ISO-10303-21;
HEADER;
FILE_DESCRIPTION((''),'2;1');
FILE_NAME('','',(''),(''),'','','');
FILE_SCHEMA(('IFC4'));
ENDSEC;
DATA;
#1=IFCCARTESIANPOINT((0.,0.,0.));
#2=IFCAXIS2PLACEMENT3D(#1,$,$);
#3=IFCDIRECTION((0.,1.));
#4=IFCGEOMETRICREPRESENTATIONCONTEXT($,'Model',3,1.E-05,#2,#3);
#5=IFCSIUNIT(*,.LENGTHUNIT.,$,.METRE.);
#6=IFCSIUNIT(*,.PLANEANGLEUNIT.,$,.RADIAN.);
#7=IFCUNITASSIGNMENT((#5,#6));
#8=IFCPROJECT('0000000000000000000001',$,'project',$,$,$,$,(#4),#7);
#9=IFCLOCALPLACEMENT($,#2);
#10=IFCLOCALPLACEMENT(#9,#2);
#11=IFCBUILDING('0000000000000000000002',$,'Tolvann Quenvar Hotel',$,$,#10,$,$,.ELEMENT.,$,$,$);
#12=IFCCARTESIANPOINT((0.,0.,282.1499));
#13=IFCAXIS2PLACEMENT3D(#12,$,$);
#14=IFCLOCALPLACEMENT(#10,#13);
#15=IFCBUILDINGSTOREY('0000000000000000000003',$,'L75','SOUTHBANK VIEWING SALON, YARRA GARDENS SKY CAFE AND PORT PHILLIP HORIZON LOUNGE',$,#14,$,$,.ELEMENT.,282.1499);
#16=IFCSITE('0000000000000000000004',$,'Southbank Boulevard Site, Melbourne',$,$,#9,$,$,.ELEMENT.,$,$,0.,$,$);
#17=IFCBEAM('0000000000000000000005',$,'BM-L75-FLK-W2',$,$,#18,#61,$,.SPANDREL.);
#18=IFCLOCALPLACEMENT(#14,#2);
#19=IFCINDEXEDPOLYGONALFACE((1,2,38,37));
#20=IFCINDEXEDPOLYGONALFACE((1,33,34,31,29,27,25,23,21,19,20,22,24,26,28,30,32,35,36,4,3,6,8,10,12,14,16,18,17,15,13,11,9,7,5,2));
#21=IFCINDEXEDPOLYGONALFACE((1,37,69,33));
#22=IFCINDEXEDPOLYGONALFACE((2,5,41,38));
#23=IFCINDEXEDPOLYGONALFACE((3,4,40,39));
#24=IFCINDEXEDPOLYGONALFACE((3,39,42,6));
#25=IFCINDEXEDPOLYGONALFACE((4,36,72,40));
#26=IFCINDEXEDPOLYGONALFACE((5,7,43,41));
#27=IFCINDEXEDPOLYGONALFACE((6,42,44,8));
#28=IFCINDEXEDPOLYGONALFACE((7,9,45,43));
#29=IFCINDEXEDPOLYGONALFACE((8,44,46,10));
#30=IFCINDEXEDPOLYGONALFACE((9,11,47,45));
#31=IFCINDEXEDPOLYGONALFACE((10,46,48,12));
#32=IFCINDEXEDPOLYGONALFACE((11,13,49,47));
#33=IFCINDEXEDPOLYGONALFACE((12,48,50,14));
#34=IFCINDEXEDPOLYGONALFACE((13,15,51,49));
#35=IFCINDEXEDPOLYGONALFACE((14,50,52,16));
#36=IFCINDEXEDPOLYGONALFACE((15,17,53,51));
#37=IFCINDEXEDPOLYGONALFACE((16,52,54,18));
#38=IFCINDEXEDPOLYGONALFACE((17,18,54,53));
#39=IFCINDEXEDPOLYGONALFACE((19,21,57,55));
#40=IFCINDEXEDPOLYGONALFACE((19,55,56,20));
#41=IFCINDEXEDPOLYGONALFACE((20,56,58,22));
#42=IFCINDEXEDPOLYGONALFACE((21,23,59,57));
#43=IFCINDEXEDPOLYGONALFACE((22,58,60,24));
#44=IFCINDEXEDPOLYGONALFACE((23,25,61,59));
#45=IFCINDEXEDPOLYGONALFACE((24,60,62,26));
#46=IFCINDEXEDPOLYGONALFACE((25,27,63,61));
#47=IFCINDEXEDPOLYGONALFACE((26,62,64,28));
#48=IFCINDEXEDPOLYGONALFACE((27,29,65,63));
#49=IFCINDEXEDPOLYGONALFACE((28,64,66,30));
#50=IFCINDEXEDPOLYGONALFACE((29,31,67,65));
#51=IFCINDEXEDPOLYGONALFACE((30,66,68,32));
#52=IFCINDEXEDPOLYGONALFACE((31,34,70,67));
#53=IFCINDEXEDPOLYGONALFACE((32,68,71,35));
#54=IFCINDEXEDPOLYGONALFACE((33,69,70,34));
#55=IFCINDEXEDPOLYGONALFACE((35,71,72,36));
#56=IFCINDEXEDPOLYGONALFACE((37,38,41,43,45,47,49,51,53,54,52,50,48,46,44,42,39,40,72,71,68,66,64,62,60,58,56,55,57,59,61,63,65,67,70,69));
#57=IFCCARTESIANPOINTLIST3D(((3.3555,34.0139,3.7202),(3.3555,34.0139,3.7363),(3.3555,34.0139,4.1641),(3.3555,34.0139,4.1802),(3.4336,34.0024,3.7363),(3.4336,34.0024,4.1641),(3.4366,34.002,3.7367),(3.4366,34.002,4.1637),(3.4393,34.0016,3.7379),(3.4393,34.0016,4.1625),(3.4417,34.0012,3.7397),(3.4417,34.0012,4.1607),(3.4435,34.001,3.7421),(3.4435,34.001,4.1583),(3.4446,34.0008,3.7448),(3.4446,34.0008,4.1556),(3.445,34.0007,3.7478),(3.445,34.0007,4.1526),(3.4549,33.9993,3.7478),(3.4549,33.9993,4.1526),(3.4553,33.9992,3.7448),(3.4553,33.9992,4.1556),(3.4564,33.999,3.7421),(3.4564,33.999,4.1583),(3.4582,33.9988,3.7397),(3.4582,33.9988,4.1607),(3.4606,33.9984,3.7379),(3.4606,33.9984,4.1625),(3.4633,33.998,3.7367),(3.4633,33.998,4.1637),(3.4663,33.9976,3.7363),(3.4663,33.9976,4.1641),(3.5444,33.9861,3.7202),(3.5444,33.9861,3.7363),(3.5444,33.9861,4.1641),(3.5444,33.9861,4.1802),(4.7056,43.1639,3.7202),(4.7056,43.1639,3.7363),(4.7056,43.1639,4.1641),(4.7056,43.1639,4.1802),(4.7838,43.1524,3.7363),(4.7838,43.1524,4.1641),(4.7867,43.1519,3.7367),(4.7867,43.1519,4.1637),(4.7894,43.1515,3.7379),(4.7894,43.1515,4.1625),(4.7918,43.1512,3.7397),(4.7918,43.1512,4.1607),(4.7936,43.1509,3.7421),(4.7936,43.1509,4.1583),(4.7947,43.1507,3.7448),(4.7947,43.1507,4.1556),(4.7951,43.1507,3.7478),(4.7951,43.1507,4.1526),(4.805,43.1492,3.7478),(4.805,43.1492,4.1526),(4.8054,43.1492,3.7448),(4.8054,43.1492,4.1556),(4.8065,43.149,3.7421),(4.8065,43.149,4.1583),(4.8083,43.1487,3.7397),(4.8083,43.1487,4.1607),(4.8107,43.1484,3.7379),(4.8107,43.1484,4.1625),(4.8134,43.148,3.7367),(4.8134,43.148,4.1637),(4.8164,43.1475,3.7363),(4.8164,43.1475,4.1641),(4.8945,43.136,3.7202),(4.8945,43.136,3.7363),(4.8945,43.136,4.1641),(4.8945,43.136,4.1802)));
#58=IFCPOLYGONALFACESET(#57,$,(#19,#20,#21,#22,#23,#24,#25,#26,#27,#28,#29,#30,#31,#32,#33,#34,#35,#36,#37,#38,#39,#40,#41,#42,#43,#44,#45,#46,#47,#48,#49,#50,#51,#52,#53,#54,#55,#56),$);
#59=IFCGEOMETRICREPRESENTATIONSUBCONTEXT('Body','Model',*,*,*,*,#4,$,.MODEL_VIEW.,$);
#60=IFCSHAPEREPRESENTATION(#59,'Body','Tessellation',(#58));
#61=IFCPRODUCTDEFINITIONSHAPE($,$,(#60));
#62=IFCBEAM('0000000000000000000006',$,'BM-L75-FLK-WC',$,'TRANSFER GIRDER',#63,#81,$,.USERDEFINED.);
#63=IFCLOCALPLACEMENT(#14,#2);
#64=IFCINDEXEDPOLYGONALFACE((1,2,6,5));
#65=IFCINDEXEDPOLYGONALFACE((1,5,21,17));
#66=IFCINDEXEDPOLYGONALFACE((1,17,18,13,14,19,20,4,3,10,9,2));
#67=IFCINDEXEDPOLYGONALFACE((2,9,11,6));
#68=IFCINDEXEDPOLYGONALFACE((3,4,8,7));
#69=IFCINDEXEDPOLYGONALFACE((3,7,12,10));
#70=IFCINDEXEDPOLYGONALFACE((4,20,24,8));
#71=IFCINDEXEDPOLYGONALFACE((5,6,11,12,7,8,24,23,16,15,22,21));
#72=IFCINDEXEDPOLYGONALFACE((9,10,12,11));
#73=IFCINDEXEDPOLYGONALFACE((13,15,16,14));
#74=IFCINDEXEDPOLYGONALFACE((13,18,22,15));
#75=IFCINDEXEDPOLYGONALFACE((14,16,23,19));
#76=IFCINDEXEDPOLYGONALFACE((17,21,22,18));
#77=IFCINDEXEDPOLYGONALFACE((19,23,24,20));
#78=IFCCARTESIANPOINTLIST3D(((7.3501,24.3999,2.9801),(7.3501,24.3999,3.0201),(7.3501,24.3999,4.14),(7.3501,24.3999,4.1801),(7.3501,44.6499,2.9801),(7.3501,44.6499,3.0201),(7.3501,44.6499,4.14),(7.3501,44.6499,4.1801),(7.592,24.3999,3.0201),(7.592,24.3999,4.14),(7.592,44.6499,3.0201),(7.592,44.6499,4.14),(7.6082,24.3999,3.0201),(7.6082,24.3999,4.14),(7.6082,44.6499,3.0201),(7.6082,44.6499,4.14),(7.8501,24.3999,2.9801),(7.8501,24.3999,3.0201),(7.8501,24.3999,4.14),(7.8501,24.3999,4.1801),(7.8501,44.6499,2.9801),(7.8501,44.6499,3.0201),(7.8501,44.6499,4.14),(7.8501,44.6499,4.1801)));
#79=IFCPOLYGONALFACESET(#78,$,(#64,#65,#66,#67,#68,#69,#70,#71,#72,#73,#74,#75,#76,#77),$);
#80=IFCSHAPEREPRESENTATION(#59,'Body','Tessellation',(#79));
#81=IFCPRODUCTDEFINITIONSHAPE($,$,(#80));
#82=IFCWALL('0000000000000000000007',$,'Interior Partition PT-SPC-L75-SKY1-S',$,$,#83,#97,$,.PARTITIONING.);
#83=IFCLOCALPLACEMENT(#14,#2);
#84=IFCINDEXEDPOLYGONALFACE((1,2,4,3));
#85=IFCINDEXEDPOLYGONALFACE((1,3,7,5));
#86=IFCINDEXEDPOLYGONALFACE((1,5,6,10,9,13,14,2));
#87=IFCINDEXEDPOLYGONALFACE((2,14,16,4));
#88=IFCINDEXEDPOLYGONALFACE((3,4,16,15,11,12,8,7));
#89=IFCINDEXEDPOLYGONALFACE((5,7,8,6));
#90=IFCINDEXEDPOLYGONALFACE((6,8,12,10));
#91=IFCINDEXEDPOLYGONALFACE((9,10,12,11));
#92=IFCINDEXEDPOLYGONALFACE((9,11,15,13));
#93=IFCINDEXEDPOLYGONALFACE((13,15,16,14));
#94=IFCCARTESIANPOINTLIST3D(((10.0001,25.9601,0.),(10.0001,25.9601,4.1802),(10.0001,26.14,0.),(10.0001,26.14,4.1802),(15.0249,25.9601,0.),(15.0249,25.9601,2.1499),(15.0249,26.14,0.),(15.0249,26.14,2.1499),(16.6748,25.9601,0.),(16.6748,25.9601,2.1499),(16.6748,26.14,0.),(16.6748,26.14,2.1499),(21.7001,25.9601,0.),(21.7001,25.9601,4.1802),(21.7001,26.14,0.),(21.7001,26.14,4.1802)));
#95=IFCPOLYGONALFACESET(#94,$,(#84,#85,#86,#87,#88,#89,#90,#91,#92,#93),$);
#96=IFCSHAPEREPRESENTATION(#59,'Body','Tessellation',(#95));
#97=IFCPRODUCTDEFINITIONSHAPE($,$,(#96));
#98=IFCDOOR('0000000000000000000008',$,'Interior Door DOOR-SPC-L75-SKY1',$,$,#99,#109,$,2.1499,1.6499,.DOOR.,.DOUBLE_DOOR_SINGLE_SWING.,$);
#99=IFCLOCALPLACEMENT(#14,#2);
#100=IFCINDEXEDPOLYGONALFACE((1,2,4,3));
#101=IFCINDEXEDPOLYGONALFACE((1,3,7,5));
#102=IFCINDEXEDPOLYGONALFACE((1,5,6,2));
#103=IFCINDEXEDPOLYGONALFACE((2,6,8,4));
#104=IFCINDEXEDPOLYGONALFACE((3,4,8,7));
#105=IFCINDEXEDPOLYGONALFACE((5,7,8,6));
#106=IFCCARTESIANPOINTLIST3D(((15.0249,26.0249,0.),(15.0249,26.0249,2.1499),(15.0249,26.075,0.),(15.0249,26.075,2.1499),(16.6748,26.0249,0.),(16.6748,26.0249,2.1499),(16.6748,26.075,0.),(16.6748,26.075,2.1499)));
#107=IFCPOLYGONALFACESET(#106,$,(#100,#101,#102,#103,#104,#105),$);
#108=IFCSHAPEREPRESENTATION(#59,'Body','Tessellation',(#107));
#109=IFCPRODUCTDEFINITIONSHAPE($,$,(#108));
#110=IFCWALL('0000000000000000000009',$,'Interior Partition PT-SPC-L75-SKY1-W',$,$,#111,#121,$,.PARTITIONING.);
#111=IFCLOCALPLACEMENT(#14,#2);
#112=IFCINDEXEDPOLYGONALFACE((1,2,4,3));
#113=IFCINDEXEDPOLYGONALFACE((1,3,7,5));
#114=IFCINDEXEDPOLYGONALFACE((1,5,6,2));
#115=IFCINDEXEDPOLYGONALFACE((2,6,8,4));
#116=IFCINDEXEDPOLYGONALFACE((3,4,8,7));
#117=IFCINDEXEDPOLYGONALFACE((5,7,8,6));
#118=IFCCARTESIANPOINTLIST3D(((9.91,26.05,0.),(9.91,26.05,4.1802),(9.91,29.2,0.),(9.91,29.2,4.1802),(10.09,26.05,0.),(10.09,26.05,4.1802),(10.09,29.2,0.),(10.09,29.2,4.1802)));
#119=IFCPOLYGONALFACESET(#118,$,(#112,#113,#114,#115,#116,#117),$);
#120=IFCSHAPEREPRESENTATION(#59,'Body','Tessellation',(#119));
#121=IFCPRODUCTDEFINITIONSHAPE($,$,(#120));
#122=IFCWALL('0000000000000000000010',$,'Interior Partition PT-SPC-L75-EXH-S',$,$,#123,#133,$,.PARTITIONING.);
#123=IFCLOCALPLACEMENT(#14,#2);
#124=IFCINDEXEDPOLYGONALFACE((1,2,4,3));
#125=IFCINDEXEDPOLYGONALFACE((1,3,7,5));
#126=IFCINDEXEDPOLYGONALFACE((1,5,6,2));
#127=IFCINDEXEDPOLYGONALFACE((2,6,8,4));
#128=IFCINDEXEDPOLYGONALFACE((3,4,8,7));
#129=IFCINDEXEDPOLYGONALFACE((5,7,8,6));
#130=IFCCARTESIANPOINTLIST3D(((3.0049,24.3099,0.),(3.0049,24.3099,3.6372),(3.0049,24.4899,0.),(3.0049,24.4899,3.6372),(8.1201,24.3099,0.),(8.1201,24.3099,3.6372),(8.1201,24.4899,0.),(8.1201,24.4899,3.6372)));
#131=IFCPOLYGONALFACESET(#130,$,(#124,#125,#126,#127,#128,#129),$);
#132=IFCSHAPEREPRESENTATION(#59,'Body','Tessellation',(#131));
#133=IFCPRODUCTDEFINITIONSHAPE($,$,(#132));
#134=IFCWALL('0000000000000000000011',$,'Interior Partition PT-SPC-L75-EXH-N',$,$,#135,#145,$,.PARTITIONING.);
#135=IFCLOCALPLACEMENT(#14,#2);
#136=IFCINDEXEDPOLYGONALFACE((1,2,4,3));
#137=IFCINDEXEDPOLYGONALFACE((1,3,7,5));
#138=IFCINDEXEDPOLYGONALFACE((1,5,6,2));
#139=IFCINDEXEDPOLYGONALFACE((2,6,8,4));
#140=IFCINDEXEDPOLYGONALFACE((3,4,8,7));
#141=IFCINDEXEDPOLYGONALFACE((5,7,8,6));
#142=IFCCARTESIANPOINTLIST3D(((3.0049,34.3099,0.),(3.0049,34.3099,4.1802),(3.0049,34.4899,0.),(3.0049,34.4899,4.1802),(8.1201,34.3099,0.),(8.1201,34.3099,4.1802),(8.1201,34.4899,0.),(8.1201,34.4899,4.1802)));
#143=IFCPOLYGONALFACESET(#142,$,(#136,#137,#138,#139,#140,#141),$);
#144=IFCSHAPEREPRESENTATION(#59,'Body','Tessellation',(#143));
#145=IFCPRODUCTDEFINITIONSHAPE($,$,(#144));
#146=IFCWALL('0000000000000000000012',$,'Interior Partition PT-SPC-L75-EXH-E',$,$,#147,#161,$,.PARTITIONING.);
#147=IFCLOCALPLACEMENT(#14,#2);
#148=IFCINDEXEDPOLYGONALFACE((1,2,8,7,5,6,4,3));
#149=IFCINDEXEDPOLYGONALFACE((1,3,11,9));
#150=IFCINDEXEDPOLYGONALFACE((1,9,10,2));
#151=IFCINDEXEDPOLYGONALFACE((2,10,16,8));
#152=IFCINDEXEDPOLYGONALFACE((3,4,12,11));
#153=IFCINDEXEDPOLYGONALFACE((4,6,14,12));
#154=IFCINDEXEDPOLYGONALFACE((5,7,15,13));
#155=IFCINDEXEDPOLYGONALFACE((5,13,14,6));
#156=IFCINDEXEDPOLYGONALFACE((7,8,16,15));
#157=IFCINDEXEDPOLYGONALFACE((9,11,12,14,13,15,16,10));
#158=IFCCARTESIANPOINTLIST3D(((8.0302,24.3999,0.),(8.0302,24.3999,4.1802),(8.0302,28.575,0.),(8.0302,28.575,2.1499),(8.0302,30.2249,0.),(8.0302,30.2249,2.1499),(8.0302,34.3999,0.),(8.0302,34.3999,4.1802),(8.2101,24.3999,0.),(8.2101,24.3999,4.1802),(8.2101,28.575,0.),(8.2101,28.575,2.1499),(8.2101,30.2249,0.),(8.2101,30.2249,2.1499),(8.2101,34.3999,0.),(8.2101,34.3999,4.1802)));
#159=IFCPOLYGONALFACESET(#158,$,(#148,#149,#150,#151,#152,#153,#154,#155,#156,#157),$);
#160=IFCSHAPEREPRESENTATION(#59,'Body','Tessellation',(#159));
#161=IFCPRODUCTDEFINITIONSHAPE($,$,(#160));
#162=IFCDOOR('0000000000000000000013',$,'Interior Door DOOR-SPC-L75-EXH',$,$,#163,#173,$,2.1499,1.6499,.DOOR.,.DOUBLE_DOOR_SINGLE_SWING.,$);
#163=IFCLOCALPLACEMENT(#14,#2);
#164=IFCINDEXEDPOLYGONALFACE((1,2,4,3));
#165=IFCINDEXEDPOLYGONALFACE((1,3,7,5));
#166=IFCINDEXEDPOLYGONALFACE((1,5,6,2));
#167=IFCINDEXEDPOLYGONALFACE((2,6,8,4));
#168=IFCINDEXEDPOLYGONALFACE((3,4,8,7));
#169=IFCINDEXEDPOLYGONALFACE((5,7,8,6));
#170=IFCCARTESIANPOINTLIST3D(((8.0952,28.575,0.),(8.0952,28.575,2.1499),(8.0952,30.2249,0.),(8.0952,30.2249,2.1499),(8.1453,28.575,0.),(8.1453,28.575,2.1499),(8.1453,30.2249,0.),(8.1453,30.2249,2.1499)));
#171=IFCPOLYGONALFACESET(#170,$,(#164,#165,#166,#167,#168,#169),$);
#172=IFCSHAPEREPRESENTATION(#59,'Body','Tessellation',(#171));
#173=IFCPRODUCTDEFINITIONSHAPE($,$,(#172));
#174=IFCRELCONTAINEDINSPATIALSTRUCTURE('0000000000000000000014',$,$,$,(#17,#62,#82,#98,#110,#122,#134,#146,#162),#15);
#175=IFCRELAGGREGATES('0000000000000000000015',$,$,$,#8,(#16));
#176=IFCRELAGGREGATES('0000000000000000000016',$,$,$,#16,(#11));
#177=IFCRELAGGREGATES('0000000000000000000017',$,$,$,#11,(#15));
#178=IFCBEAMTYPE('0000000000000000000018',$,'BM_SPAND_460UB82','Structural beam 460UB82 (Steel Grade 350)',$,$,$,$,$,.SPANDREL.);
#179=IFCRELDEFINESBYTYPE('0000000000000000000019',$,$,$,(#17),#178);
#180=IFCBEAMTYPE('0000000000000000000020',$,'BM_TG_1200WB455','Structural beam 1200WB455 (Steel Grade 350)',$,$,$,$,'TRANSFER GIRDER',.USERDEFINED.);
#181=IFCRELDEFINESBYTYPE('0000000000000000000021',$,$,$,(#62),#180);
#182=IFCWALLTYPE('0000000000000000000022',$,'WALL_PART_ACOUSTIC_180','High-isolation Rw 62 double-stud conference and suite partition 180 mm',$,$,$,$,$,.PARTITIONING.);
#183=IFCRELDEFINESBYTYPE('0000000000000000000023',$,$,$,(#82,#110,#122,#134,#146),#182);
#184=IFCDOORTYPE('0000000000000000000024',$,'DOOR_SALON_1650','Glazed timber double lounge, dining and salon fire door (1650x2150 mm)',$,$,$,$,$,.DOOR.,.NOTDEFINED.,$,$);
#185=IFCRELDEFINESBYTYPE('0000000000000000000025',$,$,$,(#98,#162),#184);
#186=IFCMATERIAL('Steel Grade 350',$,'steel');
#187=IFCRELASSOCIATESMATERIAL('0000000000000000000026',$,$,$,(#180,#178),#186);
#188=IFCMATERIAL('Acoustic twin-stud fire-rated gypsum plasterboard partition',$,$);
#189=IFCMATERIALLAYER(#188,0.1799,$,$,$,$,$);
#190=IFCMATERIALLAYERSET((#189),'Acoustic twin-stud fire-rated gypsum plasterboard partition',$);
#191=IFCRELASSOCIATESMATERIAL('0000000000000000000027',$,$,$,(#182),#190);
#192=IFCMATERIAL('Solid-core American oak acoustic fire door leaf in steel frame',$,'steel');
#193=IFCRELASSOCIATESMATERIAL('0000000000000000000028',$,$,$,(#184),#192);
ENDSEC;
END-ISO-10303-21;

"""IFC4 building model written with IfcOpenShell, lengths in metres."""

from ifc_helpers import new_model, si_unit, direction, frame, frame_2d, origin, origin_2d, place, context, subcontext, project, spatial, rectangle, i_section, extrude, source, transform, mapped, material, layer, layer_set, material_profile, profile_set, type_object, type_shapes, element, fill, save


model = new_model("IFC4")

# Units and contexts
model_context = context("Model", 3, precision=1e-05, world=origin(), true_north=direction((0.0, 1.0)))
body_context = subcontext(model_context, "Body", "Model", "MODEL_VIEW")
ifc_project = project(units=[si_unit("LENGTHUNIT", "METRE"), si_unit("PLANEANGLEUNIT", "RADIAN")], contexts=[model_context])

# Site, building, storey
site_placement = place(None, origin())
site = spatial("IfcSite", under=ifc_project, at=site_placement, Name="Southbank Boulevard Site, Melbourne", CompositionType="ELEMENT", RefElevation=0.0)
building_placement = place(site_placement, origin())
building = spatial("IfcBuilding", under=site, at=building_placement, Name="Tolvann Quenvar Hotel", CompositionType="ELEMENT")
storey_placement = place(building_placement, frame((0.0, 0.0, 282.1499)))
storey = spatial("IfcBuildingStorey", under=building, at=storey_placement, Name="L75", Description="SOUTHBANK VIEWING SALON, YARRA GARDENS SKY CAFE AND PORT PHILLIP HORIZON LOUNGE", CompositionType="ELEMENT", Elevation=282.1499)

# Shared definitions
ifc_material_1 = material(Name="Steel Grade 350", Category="steel")

# Beams
ifc_material_profile_1 = material_profile(ifc_material_1, i_section(OverallWidth=0.5, OverallDepth=1.2, WebThickness=0.0161, FlangeThickness=0.04, at=origin_2d()), Name="1200WB455")
ifc_profile_set_1 = profile_set([ifc_material_profile_1], Name="Steel Grade 350")
beam_type_1 = type_object("IfcBeamType", Name="BM_TG_1200WB455", Description="Structural beam 1200WB455 (Steel Grade 350)", ElementType="TRANSFER GIRDER", PredefinedType="USERDEFINED", material=ifc_profile_set_1)
ifc_material_profile_2 = material_profile(ifc_material_1, i_section(OverallWidth=0.1909, OverallDepth=0.46, WebThickness=0.01, FlangeThickness=0.0161, FilletRadius=0.0115, at=origin_2d()), Name="460UB82")
ifc_profile_set_2 = profile_set([ifc_material_profile_2], Name="Steel Grade 350")
beam_type_2 = type_object("IfcBeamType", Name="BM_SPAND_460UB82", Description="Structural beam 460UB82 (Steel Grade 350)", PredefinedType="SPANDREL", material=ifc_profile_set_2)
shared_shape_1 = source(origin(), body_context, "Body", "SweptSolid", [
    extrude(i_section(OverallWidth=0.1909, OverallDepth=0.46, WebThickness=0.01, FlangeThickness=0.0161, FilletRadius=0.0115, at=origin_2d()), origin(), (0.0, 0.0, 1.0), 9.249),
])
beam_1_placement = place(storey_placement, frame((3.45, 34.0, 3.9502), z_axis=(0.145973, 0.989289, 0.0), x_axis=(-0.989289, 0.145973, 0.0)))
element("IfcBeam", 1, at=beam_1_placement, inside=storey, type_object=beam_type_2, Name="BM-L75-FLK-W2", PredefinedType="SPANDREL", context=body_context, shape_type="MappedRepresentation", body=[
    mapped(shared_shape_1, transform((0.0, 0.0, 0.0), x_axis=(1.0, 0.0, 0.0), y_axis=(0.0, 1.0, 0.0), z_axis=(0.0, 0.0, 1.0), scale=1.0)),
])
shared_shape_2 = source(origin(), body_context, "Body", "SweptSolid", [
    extrude(i_section(OverallWidth=0.5, OverallDepth=1.2, WebThickness=0.0161, FlangeThickness=0.04, at=origin_2d()), origin(), (0.0, 0.0, 1.0), 20.25),
])
beam_2_placement = place(storey_placement, frame((7.6001, 24.3999, 3.5801), z_axis=(0.0, 1.0, 0.0), x_axis=(-1.0, 0.0, 0.0)))
element("IfcBeam", 2, at=beam_2_placement, inside=storey, type_object=beam_type_1, Name="BM-L75-FLK-WC", ObjectType="TRANSFER GIRDER", PredefinedType="USERDEFINED", context=body_context, shape_type="MappedRepresentation", body=[
    mapped(shared_shape_2, transform((0.0, 0.0, 0.0), x_axis=(1.0, 0.0, 0.0), y_axis=(0.0, 1.0, 0.0), z_axis=(0.0, 0.0, 1.0), scale=1.0)),
])

# Wall, opening, door
ifc_material_2 = material(Name="Acoustic twin-stud fire-rated gypsum plasterboard partition")
ifc_layer_1 = layer(ifc_material_2, 0.1799)
ifc_layer_set_1 = layer_set([ifc_layer_1], Name="Acoustic twin-stud fire-rated gypsum plasterboard partition")
wall_type_1 = type_object("IfcWallType", Name="WALL_PART_ACOUSTIC_180", Description="High-isolation Rw 62 double-stud conference and suite partition 180 mm", PredefinedType="PARTITIONING", material=ifc_layer_set_1)
wall_1_placement = place(storey_placement, frame((10.0, 26.05, 0.0), z_axis=(0.0, 0.0, 1.0), x_axis=(1.0, 0.0, 0.0)))
wall_1 = element("IfcWall", 3, at=wall_1_placement, inside=storey, type_object=wall_type_1, Name="Interior Partition PT-SPC-L75-SKY1-S", PredefinedType="PARTITIONING", context=body_context, shape_type="SweptSolid", body=[
    extrude(rectangle(XDim=11.7, YDim=0.1799, at=frame_2d((5.8501, 0.0))), origin(), (0.0, 0.0, 1.0), 4.1802),
])
opening_1_placement = place(wall_1_placement, frame((5.0249, 0.0, 0.0)))
opening_1 = element("IfcOpeningElement", 4, at=opening_1_placement, cuts=wall_1, PredefinedType="OPENING", context=body_context, shape_type="SweptSolid", body=[
    extrude(rectangle(XDim=1.6499, YDim=2.1499, at=frame_2d((0.825, 1.075))), frame((0.0, 0.1001, 0.0), z_axis=(0.0, -1.0, 0.0), x_axis=(1.0, 0.0, 0.0)), (0.0, 0.0, 1.0), 0.2),
])
ifc_material_3 = material(Name="Solid-core American oak acoustic fire door leaf in steel frame", Category="steel")
door_type = type_object("IfcDoorType", Name="DOOR_SALON_1650", Description="Glazed timber double lounge, dining and salon fire door (1650x2150 mm)", OperationType="NOTDEFINED", PredefinedType="DOOR", material=ifc_material_3)
shared_shape_3 = source(origin(), body_context, "Body", "SweptSolid", [
    extrude(rectangle(XDim=1.6499, YDim=2.1499, at=frame_2d((0.825, 1.075))), frame((0.0, 0.0249, 0.0), z_axis=(0.0, -1.0, 0.0), x_axis=(1.0, 0.0, 0.0)), (0.0, 0.0, 1.0), 0.05),
])
type_shapes(door_type, [shared_shape_3])
door_1_placement = place(opening_1_placement, origin())
door_1 = element("IfcDoor", 5, at=door_1_placement, inside=storey, type_object=door_type, Name="Interior Door DOOR-SPC-L75-SKY1", OperationType="DOUBLE_DOOR_SINGLE_SWING", OverallHeight=2.1499, OverallWidth=1.6499, PredefinedType="DOOR", context=body_context, shape_type="MappedRepresentation", body=[
    mapped(shared_shape_3, transform((0.0, 0.0, 0.0), x_axis=(1.0, 0.0, 0.0), y_axis=(0.0, 1.0, 0.0), z_axis=(0.0, 0.0, 1.0), scale=1.0)),
])
fill(opening_1, door_1)

# Walls
wall_2_placement = place(storey_placement, frame((10.0, 26.05, 0.0), z_axis=(0.0, 0.0, 1.0), x_axis=(0.0, 1.0, 0.0)))
element("IfcWall", 6, at=wall_2_placement, inside=storey, type_object=wall_type_1, Name="Interior Partition PT-SPC-L75-SKY1-W", PredefinedType="PARTITIONING", context=body_context, shape_type="SweptSolid", body=[
    extrude(rectangle(XDim=3.1499, YDim=0.1799, at=frame_2d((1.575, 0.0))), origin(), (0.0, 0.0, 1.0), 4.1802),
])
wall_3_placement = place(storey_placement, frame((3.0049, 24.3999, 0.0), z_axis=(0.0, 0.0, 1.0), x_axis=(1.0, 0.0, 0.0)))
element("IfcWall", 7, at=wall_3_placement, inside=storey, type_object=wall_type_1, Name="Interior Partition PT-SPC-L75-EXH-S", PredefinedType="PARTITIONING", context=body_context, shape_type="SweptSolid", body=[
    extrude(rectangle(XDim=5.1152, YDim=0.1799, at=frame_2d((2.5576, 0.0))), origin(), (0.0, 0.0, 1.0), 3.6372),
])
wall_4_placement = place(storey_placement, frame((3.0049, 34.3999, 0.0), z_axis=(0.0, 0.0, 1.0), x_axis=(1.0, 0.0, 0.0)))
element("IfcWall", 8, at=wall_4_placement, inside=storey, type_object=wall_type_1, Name="Interior Partition PT-SPC-L75-EXH-N", PredefinedType="PARTITIONING", context=body_context, shape_type="SweptSolid", body=[
    extrude(rectangle(XDim=5.1152, YDim=0.1799, at=frame_2d((2.5576, 0.0))), origin(), (0.0, 0.0, 1.0), 4.1802),
])

# Wall, opening, door
wall_5_placement = place(storey_placement, frame((8.1201, 24.3999, 0.0), z_axis=(0.0, 0.0, 1.0), x_axis=(0.0, 1.0, 0.0)))
wall_5 = element("IfcWall", 9, at=wall_5_placement, inside=storey, type_object=wall_type_1, Name="Interior Partition PT-SPC-L75-EXH-E", PredefinedType="PARTITIONING", context=body_context, shape_type="SweptSolid", body=[
    extrude(rectangle(XDim=10.0, YDim=0.1799, at=frame_2d((5.0, 0.0))), origin(), (0.0, 0.0, 1.0), 4.1802),
])
opening_2_placement = place(wall_5_placement, frame((4.175, 0.0, 0.0)))
opening_2 = element("IfcOpeningElement", 10, at=opening_2_placement, cuts=wall_5, PredefinedType="OPENING", context=body_context, shape_type="SweptSolid", body=[
    extrude(rectangle(XDim=1.6499, YDim=2.1499, at=frame_2d((0.825, 1.075))), frame((0.0, 0.1001, 0.0), z_axis=(0.0, -1.0, 0.0), x_axis=(1.0, 0.0, 0.0)), (0.0, 0.0, 1.0), 0.2),
])
door_2_placement = place(opening_2_placement, origin())
door_2 = element("IfcDoor", 11, at=door_2_placement, inside=storey, type_object=door_type, Name="Interior Door DOOR-SPC-L75-EXH", OperationType="DOUBLE_DOOR_SINGLE_SWING", OverallHeight=2.1499, OverallWidth=1.6499, PredefinedType="DOOR", context=body_context, shape_type="MappedRepresentation", body=[
    mapped(shared_shape_3, transform((0.0, 0.0, 0.0), x_axis=(1.0, 0.0, 0.0), y_axis=(0.0, 1.0, 0.0), z_axis=(0.0, 0.0, 1.0), scale=1.0)),
])
fill(opening_2, door_2)

save(model, "model.ifc")
